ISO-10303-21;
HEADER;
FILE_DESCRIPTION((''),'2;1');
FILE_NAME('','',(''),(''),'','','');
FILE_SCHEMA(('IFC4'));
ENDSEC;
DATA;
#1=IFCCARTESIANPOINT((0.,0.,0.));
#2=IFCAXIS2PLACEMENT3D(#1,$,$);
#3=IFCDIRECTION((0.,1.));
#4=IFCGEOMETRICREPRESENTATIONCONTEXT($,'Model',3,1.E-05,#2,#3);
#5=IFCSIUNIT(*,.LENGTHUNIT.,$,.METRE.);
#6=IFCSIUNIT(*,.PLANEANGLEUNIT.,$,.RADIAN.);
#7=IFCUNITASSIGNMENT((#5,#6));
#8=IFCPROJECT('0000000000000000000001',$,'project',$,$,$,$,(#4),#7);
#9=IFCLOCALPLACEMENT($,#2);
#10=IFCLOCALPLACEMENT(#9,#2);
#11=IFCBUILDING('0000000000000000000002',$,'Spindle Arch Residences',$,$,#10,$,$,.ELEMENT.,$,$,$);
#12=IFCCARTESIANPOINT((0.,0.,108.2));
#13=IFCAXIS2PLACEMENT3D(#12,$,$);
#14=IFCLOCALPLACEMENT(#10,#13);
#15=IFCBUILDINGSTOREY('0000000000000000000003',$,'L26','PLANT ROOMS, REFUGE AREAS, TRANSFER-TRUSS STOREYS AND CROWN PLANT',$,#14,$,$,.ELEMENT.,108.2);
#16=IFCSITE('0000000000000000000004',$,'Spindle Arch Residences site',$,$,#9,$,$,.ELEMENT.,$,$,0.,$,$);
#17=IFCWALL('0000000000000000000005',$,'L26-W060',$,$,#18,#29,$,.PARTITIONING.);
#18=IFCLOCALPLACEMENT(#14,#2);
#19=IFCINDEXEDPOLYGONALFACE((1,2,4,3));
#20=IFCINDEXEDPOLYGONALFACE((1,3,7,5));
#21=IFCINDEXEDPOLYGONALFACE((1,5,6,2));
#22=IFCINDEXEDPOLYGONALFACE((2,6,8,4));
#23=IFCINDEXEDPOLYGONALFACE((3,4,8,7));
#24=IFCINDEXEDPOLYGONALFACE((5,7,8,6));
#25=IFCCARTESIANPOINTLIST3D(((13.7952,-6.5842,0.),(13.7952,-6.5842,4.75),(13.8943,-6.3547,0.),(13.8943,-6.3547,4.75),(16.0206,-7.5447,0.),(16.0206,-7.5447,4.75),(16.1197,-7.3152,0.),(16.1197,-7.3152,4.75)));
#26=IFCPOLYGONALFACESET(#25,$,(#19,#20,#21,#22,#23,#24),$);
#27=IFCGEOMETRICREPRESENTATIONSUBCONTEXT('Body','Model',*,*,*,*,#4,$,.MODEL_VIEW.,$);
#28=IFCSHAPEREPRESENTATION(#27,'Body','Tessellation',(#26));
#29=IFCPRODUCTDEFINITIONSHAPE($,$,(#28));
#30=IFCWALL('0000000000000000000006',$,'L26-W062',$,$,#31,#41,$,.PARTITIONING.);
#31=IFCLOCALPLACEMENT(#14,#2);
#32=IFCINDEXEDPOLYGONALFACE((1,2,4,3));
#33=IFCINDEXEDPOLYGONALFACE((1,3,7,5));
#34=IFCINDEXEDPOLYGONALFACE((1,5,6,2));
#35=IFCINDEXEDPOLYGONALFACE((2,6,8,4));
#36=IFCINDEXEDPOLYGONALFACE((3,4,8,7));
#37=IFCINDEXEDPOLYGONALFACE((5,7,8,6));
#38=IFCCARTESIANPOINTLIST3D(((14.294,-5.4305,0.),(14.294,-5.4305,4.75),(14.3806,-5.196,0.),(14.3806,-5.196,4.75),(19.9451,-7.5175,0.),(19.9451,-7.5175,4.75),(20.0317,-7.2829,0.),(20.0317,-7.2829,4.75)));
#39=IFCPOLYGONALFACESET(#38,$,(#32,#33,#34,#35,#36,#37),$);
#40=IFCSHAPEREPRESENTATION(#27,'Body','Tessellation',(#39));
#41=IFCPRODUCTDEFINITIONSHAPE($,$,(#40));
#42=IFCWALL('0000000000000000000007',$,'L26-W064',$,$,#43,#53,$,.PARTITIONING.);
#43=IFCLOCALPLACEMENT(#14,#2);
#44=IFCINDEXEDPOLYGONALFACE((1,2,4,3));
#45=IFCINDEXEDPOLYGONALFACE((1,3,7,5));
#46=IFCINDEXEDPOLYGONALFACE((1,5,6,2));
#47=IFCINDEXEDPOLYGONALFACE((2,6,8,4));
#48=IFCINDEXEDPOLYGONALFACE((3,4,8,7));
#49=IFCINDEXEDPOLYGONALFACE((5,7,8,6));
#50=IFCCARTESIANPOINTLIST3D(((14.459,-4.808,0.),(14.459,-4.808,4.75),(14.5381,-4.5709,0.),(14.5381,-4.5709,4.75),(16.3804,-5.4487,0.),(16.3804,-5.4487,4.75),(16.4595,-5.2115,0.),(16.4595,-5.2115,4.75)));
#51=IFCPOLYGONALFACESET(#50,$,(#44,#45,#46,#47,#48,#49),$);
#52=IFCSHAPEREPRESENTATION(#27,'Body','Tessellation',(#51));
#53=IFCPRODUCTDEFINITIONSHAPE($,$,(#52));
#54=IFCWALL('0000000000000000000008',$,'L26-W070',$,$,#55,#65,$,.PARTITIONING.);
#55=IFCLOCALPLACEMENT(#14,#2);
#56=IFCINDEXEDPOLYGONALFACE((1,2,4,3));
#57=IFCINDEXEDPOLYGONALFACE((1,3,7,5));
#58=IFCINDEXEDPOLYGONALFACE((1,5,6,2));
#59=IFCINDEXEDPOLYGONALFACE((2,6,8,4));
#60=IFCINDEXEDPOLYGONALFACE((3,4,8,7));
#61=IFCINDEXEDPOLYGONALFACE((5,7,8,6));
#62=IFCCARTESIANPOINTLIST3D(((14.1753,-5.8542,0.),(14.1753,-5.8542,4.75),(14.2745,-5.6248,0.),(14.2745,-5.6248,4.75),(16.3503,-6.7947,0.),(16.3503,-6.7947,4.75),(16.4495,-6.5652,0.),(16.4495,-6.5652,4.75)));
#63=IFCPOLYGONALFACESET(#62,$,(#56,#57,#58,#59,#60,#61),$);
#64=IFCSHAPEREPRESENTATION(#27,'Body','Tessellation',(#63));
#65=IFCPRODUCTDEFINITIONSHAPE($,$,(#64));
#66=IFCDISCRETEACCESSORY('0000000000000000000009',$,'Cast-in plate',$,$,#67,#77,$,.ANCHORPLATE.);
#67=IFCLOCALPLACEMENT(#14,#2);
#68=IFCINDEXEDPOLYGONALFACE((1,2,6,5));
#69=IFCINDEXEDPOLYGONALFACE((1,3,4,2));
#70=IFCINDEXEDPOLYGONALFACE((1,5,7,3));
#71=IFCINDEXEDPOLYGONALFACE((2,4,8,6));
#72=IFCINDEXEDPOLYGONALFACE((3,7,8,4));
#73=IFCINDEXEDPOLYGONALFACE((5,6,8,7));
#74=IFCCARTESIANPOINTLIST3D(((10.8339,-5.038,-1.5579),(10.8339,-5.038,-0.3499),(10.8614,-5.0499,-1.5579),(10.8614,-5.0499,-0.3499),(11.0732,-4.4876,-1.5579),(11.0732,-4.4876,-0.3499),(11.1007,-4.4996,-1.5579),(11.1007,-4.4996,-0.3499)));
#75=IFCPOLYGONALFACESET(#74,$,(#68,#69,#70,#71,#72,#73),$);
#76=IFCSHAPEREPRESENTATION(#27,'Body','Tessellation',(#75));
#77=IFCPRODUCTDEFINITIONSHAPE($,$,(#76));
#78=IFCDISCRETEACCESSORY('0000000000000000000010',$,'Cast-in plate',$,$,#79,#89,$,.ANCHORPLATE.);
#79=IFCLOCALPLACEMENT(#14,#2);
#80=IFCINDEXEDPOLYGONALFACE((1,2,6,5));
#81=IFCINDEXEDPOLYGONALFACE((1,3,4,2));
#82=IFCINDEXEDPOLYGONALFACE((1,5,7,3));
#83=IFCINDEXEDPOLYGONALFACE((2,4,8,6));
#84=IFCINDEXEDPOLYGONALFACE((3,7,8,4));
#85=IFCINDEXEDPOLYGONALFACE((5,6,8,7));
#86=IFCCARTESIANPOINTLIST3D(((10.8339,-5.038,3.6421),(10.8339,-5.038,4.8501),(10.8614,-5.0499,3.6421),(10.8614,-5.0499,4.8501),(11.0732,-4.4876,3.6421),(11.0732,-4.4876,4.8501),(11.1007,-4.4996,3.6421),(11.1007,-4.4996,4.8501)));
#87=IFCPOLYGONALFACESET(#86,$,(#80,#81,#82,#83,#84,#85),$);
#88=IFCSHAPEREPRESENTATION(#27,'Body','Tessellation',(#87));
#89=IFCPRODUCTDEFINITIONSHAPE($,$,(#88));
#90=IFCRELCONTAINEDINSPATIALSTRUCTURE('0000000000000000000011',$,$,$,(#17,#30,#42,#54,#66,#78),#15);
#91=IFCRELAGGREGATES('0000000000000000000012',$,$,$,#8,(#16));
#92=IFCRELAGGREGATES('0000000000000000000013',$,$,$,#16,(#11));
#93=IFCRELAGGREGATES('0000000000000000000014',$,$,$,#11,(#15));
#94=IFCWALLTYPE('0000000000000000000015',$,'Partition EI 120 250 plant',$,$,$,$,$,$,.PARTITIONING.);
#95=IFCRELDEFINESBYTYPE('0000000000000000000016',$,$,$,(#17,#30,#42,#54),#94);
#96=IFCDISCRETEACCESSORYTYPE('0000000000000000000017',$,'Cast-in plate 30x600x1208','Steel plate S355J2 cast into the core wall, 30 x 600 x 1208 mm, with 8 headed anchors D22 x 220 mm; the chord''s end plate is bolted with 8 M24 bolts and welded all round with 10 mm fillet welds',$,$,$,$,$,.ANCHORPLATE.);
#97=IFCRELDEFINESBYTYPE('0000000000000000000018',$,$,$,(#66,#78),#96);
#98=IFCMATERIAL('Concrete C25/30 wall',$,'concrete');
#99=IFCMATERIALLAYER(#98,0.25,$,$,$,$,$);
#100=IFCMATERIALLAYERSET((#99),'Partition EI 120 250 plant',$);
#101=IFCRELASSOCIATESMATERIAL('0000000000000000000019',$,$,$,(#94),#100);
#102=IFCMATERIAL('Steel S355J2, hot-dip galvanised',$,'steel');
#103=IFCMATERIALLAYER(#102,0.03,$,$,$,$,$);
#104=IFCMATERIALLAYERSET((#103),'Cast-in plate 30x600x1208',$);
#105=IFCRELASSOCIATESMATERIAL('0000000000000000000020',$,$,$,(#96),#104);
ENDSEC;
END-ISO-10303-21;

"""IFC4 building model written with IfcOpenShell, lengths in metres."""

from ifc_helpers import new_model, si_unit, direction, frame, frame_2d, origin, origin_2d, place, context, subcontext, project, spatial, rectangle, extrude, material, layer, layer_set, type_object, element, save


model = new_model("IFC4")

# Units and contexts
model_context = context("Model", 3, precision=1e-05, world=origin(), true_north=direction((0.0, 1.0)))
body_context = subcontext(model_context, "Body", "Model", "MODEL_VIEW")
ifc_project = project(units=[si_unit("LENGTHUNIT", "METRE"), si_unit("PLANEANGLEUNIT", "RADIAN")], contexts=[model_context])

# Site, building, storey
site_placement = place(None, origin())
site = spatial("IfcSite", under=ifc_project, at=site_placement, Name="Spindle Arch Residences site", CompositionType="ELEMENT", RefElevation=0.0)
building_placement = place(site_placement, origin())
building = spatial("IfcBuilding", under=site, at=building_placement, Name="Spindle Arch Residences", CompositionType="ELEMENT")
storey_placement = place(building_placement, frame((0.0, 0.0, 108.2)))
storey = spatial("IfcBuildingStorey", under=building, at=storey_placement, Name="L26", Description="PLANT ROOMS, REFUGE AREAS, TRANSFER-TRUSS STOREYS AND CROWN PLANT", CompositionType="ELEMENT", Elevation=108.2)

# Shared definitions
ifc_material_1 = material(Name="Concrete C25/30 wall", Category="concrete")
ifc_layer_1 = layer(ifc_material_1, 0.25)
ifc_layer_set_1 = layer_set([ifc_layer_1], Name="Partition EI 120 250 plant")
wall_type_1 = type_object("IfcWallType", Name="Partition EI 120 250 plant", PredefinedType="PARTITIONING", material=ifc_layer_set_1)

# Walls
wall_1_placement = place(storey_placement, frame((13.8447, -6.4695, 0.0), z_axis=(0.0, 0.0, 1.0), x_axis=(0.918136, -0.396264, 0.0)))
element("IfcWall", 1, at=wall_1_placement, inside=storey, type_object=wall_type_1, Name="L26-W060", PredefinedType="PARTITIONING", context=body_context, shape_type="SweptSolid", body=[
    extrude(rectangle(XDim=2.4238, YDim=0.25, at=frame_2d((1.2119, 0.0))), origin(), (0.0, 0.0, 1.0), 4.75),
])
wall_2_placement = place(storey_placement, frame((14.3372, -5.3132, 0.0), z_axis=(0.0, 0.0, 1.0), x_axis=(0.938078, -0.346425, 0.0)))
element("IfcWall", 2, at=wall_2_placement, inside=storey, type_object=wall_type_1, Name="L26-W062", PredefinedType="PARTITIONING", context=body_context, shape_type="SweptSolid", body=[
    extrude(rectangle(XDim=6.0242, YDim=0.25, at=frame_2d((3.0122, 0.0))), origin(), (0.0, 0.0, 1.0), 4.75),
])
wall_3_placement = place(storey_placement, frame((14.4985, -4.6895, 0.0), z_axis=(0.0, 0.0, 1.0), x_axis=(0.948659, -0.3163, 0.0)))
element("IfcWall", 3, at=wall_3_placement, inside=storey, type_object=wall_type_1, Name="L26-W064", PredefinedType="PARTITIONING", context=body_context, shape_type="SweptSolid", body=[
    extrude(rectangle(XDim=2.0254, YDim=0.25, at=frame_2d((1.0127, 0.0))), origin(), (0.0, 0.0, 1.0), 4.75),
])
wall_4_placement = place(storey_placement, frame((16.3999, -6.6799, 0.0), z_axis=(0.0, 0.0, 1.0), x_axis=(-0.917877, 0.396864, 0.0)))
element("IfcWall", 4, at=wall_4_placement, inside=storey, type_object=wall_type_1, Name="L26-W070", PredefinedType="PARTITIONING", context=body_context, shape_type="SweptSolid", body=[
    extrude(rectangle(XDim=2.3696, YDim=0.25, at=frame_2d((1.1848, 0.0))), origin(), (0.0, 0.0, 1.0), 4.75),
])

# Discrete accessories
ifc_material_2 = material(Name="Steel S355J2, hot-dip galvanised", Category="steel")
ifc_layer_2 = layer(ifc_material_2, 0.03)
ifc_layer_set_2 = layer_set([ifc_layer_2], Name="Cast-in plate 30x600x1208")
discrete_accessory_type = type_object("IfcDiscreteAccessoryType", Name="Cast-in plate 30x600x1208", Description="Steel plate S355J2 cast into the core wall, 30 x 600 x 1208 mm, with 8 headed anchors D22 x 220 mm; the chord's end plate is bolted with 8 M24 bolts and welded all round with 10 mm fillet welds", PredefinedType="ANCHORPLATE", material=ifc_layer_set_2)
for number, where, z_axis, x_axis, name in (
    (5, (10.9673, -4.7688, -1.5579), (0.0, 0.0, 1.0), (0.917061, -0.398747, 0.0), "Cast-in plate"),
    (6, (10.9673, -4.7688, 3.6421), (0.0, 0.0, 1.0), (0.917061, -0.398747, 0.0), "Cast-in plate"),
):
    element("IfcDiscreteAccessory", number, at=place(storey_placement, frame(where, z_axis=z_axis, x_axis=x_axis)), inside=storey, type_object=discrete_accessory_type, Name=name, PredefinedType="ANCHORPLATE", context=body_context, shape_type="SweptSolid", body=[
        extrude(rectangle(XDim=0.03, YDim=0.6001, at=origin_2d()), origin(), (0.0, 0.0, 1.0), 1.208),
    ])

save(model, "model.ifc")
